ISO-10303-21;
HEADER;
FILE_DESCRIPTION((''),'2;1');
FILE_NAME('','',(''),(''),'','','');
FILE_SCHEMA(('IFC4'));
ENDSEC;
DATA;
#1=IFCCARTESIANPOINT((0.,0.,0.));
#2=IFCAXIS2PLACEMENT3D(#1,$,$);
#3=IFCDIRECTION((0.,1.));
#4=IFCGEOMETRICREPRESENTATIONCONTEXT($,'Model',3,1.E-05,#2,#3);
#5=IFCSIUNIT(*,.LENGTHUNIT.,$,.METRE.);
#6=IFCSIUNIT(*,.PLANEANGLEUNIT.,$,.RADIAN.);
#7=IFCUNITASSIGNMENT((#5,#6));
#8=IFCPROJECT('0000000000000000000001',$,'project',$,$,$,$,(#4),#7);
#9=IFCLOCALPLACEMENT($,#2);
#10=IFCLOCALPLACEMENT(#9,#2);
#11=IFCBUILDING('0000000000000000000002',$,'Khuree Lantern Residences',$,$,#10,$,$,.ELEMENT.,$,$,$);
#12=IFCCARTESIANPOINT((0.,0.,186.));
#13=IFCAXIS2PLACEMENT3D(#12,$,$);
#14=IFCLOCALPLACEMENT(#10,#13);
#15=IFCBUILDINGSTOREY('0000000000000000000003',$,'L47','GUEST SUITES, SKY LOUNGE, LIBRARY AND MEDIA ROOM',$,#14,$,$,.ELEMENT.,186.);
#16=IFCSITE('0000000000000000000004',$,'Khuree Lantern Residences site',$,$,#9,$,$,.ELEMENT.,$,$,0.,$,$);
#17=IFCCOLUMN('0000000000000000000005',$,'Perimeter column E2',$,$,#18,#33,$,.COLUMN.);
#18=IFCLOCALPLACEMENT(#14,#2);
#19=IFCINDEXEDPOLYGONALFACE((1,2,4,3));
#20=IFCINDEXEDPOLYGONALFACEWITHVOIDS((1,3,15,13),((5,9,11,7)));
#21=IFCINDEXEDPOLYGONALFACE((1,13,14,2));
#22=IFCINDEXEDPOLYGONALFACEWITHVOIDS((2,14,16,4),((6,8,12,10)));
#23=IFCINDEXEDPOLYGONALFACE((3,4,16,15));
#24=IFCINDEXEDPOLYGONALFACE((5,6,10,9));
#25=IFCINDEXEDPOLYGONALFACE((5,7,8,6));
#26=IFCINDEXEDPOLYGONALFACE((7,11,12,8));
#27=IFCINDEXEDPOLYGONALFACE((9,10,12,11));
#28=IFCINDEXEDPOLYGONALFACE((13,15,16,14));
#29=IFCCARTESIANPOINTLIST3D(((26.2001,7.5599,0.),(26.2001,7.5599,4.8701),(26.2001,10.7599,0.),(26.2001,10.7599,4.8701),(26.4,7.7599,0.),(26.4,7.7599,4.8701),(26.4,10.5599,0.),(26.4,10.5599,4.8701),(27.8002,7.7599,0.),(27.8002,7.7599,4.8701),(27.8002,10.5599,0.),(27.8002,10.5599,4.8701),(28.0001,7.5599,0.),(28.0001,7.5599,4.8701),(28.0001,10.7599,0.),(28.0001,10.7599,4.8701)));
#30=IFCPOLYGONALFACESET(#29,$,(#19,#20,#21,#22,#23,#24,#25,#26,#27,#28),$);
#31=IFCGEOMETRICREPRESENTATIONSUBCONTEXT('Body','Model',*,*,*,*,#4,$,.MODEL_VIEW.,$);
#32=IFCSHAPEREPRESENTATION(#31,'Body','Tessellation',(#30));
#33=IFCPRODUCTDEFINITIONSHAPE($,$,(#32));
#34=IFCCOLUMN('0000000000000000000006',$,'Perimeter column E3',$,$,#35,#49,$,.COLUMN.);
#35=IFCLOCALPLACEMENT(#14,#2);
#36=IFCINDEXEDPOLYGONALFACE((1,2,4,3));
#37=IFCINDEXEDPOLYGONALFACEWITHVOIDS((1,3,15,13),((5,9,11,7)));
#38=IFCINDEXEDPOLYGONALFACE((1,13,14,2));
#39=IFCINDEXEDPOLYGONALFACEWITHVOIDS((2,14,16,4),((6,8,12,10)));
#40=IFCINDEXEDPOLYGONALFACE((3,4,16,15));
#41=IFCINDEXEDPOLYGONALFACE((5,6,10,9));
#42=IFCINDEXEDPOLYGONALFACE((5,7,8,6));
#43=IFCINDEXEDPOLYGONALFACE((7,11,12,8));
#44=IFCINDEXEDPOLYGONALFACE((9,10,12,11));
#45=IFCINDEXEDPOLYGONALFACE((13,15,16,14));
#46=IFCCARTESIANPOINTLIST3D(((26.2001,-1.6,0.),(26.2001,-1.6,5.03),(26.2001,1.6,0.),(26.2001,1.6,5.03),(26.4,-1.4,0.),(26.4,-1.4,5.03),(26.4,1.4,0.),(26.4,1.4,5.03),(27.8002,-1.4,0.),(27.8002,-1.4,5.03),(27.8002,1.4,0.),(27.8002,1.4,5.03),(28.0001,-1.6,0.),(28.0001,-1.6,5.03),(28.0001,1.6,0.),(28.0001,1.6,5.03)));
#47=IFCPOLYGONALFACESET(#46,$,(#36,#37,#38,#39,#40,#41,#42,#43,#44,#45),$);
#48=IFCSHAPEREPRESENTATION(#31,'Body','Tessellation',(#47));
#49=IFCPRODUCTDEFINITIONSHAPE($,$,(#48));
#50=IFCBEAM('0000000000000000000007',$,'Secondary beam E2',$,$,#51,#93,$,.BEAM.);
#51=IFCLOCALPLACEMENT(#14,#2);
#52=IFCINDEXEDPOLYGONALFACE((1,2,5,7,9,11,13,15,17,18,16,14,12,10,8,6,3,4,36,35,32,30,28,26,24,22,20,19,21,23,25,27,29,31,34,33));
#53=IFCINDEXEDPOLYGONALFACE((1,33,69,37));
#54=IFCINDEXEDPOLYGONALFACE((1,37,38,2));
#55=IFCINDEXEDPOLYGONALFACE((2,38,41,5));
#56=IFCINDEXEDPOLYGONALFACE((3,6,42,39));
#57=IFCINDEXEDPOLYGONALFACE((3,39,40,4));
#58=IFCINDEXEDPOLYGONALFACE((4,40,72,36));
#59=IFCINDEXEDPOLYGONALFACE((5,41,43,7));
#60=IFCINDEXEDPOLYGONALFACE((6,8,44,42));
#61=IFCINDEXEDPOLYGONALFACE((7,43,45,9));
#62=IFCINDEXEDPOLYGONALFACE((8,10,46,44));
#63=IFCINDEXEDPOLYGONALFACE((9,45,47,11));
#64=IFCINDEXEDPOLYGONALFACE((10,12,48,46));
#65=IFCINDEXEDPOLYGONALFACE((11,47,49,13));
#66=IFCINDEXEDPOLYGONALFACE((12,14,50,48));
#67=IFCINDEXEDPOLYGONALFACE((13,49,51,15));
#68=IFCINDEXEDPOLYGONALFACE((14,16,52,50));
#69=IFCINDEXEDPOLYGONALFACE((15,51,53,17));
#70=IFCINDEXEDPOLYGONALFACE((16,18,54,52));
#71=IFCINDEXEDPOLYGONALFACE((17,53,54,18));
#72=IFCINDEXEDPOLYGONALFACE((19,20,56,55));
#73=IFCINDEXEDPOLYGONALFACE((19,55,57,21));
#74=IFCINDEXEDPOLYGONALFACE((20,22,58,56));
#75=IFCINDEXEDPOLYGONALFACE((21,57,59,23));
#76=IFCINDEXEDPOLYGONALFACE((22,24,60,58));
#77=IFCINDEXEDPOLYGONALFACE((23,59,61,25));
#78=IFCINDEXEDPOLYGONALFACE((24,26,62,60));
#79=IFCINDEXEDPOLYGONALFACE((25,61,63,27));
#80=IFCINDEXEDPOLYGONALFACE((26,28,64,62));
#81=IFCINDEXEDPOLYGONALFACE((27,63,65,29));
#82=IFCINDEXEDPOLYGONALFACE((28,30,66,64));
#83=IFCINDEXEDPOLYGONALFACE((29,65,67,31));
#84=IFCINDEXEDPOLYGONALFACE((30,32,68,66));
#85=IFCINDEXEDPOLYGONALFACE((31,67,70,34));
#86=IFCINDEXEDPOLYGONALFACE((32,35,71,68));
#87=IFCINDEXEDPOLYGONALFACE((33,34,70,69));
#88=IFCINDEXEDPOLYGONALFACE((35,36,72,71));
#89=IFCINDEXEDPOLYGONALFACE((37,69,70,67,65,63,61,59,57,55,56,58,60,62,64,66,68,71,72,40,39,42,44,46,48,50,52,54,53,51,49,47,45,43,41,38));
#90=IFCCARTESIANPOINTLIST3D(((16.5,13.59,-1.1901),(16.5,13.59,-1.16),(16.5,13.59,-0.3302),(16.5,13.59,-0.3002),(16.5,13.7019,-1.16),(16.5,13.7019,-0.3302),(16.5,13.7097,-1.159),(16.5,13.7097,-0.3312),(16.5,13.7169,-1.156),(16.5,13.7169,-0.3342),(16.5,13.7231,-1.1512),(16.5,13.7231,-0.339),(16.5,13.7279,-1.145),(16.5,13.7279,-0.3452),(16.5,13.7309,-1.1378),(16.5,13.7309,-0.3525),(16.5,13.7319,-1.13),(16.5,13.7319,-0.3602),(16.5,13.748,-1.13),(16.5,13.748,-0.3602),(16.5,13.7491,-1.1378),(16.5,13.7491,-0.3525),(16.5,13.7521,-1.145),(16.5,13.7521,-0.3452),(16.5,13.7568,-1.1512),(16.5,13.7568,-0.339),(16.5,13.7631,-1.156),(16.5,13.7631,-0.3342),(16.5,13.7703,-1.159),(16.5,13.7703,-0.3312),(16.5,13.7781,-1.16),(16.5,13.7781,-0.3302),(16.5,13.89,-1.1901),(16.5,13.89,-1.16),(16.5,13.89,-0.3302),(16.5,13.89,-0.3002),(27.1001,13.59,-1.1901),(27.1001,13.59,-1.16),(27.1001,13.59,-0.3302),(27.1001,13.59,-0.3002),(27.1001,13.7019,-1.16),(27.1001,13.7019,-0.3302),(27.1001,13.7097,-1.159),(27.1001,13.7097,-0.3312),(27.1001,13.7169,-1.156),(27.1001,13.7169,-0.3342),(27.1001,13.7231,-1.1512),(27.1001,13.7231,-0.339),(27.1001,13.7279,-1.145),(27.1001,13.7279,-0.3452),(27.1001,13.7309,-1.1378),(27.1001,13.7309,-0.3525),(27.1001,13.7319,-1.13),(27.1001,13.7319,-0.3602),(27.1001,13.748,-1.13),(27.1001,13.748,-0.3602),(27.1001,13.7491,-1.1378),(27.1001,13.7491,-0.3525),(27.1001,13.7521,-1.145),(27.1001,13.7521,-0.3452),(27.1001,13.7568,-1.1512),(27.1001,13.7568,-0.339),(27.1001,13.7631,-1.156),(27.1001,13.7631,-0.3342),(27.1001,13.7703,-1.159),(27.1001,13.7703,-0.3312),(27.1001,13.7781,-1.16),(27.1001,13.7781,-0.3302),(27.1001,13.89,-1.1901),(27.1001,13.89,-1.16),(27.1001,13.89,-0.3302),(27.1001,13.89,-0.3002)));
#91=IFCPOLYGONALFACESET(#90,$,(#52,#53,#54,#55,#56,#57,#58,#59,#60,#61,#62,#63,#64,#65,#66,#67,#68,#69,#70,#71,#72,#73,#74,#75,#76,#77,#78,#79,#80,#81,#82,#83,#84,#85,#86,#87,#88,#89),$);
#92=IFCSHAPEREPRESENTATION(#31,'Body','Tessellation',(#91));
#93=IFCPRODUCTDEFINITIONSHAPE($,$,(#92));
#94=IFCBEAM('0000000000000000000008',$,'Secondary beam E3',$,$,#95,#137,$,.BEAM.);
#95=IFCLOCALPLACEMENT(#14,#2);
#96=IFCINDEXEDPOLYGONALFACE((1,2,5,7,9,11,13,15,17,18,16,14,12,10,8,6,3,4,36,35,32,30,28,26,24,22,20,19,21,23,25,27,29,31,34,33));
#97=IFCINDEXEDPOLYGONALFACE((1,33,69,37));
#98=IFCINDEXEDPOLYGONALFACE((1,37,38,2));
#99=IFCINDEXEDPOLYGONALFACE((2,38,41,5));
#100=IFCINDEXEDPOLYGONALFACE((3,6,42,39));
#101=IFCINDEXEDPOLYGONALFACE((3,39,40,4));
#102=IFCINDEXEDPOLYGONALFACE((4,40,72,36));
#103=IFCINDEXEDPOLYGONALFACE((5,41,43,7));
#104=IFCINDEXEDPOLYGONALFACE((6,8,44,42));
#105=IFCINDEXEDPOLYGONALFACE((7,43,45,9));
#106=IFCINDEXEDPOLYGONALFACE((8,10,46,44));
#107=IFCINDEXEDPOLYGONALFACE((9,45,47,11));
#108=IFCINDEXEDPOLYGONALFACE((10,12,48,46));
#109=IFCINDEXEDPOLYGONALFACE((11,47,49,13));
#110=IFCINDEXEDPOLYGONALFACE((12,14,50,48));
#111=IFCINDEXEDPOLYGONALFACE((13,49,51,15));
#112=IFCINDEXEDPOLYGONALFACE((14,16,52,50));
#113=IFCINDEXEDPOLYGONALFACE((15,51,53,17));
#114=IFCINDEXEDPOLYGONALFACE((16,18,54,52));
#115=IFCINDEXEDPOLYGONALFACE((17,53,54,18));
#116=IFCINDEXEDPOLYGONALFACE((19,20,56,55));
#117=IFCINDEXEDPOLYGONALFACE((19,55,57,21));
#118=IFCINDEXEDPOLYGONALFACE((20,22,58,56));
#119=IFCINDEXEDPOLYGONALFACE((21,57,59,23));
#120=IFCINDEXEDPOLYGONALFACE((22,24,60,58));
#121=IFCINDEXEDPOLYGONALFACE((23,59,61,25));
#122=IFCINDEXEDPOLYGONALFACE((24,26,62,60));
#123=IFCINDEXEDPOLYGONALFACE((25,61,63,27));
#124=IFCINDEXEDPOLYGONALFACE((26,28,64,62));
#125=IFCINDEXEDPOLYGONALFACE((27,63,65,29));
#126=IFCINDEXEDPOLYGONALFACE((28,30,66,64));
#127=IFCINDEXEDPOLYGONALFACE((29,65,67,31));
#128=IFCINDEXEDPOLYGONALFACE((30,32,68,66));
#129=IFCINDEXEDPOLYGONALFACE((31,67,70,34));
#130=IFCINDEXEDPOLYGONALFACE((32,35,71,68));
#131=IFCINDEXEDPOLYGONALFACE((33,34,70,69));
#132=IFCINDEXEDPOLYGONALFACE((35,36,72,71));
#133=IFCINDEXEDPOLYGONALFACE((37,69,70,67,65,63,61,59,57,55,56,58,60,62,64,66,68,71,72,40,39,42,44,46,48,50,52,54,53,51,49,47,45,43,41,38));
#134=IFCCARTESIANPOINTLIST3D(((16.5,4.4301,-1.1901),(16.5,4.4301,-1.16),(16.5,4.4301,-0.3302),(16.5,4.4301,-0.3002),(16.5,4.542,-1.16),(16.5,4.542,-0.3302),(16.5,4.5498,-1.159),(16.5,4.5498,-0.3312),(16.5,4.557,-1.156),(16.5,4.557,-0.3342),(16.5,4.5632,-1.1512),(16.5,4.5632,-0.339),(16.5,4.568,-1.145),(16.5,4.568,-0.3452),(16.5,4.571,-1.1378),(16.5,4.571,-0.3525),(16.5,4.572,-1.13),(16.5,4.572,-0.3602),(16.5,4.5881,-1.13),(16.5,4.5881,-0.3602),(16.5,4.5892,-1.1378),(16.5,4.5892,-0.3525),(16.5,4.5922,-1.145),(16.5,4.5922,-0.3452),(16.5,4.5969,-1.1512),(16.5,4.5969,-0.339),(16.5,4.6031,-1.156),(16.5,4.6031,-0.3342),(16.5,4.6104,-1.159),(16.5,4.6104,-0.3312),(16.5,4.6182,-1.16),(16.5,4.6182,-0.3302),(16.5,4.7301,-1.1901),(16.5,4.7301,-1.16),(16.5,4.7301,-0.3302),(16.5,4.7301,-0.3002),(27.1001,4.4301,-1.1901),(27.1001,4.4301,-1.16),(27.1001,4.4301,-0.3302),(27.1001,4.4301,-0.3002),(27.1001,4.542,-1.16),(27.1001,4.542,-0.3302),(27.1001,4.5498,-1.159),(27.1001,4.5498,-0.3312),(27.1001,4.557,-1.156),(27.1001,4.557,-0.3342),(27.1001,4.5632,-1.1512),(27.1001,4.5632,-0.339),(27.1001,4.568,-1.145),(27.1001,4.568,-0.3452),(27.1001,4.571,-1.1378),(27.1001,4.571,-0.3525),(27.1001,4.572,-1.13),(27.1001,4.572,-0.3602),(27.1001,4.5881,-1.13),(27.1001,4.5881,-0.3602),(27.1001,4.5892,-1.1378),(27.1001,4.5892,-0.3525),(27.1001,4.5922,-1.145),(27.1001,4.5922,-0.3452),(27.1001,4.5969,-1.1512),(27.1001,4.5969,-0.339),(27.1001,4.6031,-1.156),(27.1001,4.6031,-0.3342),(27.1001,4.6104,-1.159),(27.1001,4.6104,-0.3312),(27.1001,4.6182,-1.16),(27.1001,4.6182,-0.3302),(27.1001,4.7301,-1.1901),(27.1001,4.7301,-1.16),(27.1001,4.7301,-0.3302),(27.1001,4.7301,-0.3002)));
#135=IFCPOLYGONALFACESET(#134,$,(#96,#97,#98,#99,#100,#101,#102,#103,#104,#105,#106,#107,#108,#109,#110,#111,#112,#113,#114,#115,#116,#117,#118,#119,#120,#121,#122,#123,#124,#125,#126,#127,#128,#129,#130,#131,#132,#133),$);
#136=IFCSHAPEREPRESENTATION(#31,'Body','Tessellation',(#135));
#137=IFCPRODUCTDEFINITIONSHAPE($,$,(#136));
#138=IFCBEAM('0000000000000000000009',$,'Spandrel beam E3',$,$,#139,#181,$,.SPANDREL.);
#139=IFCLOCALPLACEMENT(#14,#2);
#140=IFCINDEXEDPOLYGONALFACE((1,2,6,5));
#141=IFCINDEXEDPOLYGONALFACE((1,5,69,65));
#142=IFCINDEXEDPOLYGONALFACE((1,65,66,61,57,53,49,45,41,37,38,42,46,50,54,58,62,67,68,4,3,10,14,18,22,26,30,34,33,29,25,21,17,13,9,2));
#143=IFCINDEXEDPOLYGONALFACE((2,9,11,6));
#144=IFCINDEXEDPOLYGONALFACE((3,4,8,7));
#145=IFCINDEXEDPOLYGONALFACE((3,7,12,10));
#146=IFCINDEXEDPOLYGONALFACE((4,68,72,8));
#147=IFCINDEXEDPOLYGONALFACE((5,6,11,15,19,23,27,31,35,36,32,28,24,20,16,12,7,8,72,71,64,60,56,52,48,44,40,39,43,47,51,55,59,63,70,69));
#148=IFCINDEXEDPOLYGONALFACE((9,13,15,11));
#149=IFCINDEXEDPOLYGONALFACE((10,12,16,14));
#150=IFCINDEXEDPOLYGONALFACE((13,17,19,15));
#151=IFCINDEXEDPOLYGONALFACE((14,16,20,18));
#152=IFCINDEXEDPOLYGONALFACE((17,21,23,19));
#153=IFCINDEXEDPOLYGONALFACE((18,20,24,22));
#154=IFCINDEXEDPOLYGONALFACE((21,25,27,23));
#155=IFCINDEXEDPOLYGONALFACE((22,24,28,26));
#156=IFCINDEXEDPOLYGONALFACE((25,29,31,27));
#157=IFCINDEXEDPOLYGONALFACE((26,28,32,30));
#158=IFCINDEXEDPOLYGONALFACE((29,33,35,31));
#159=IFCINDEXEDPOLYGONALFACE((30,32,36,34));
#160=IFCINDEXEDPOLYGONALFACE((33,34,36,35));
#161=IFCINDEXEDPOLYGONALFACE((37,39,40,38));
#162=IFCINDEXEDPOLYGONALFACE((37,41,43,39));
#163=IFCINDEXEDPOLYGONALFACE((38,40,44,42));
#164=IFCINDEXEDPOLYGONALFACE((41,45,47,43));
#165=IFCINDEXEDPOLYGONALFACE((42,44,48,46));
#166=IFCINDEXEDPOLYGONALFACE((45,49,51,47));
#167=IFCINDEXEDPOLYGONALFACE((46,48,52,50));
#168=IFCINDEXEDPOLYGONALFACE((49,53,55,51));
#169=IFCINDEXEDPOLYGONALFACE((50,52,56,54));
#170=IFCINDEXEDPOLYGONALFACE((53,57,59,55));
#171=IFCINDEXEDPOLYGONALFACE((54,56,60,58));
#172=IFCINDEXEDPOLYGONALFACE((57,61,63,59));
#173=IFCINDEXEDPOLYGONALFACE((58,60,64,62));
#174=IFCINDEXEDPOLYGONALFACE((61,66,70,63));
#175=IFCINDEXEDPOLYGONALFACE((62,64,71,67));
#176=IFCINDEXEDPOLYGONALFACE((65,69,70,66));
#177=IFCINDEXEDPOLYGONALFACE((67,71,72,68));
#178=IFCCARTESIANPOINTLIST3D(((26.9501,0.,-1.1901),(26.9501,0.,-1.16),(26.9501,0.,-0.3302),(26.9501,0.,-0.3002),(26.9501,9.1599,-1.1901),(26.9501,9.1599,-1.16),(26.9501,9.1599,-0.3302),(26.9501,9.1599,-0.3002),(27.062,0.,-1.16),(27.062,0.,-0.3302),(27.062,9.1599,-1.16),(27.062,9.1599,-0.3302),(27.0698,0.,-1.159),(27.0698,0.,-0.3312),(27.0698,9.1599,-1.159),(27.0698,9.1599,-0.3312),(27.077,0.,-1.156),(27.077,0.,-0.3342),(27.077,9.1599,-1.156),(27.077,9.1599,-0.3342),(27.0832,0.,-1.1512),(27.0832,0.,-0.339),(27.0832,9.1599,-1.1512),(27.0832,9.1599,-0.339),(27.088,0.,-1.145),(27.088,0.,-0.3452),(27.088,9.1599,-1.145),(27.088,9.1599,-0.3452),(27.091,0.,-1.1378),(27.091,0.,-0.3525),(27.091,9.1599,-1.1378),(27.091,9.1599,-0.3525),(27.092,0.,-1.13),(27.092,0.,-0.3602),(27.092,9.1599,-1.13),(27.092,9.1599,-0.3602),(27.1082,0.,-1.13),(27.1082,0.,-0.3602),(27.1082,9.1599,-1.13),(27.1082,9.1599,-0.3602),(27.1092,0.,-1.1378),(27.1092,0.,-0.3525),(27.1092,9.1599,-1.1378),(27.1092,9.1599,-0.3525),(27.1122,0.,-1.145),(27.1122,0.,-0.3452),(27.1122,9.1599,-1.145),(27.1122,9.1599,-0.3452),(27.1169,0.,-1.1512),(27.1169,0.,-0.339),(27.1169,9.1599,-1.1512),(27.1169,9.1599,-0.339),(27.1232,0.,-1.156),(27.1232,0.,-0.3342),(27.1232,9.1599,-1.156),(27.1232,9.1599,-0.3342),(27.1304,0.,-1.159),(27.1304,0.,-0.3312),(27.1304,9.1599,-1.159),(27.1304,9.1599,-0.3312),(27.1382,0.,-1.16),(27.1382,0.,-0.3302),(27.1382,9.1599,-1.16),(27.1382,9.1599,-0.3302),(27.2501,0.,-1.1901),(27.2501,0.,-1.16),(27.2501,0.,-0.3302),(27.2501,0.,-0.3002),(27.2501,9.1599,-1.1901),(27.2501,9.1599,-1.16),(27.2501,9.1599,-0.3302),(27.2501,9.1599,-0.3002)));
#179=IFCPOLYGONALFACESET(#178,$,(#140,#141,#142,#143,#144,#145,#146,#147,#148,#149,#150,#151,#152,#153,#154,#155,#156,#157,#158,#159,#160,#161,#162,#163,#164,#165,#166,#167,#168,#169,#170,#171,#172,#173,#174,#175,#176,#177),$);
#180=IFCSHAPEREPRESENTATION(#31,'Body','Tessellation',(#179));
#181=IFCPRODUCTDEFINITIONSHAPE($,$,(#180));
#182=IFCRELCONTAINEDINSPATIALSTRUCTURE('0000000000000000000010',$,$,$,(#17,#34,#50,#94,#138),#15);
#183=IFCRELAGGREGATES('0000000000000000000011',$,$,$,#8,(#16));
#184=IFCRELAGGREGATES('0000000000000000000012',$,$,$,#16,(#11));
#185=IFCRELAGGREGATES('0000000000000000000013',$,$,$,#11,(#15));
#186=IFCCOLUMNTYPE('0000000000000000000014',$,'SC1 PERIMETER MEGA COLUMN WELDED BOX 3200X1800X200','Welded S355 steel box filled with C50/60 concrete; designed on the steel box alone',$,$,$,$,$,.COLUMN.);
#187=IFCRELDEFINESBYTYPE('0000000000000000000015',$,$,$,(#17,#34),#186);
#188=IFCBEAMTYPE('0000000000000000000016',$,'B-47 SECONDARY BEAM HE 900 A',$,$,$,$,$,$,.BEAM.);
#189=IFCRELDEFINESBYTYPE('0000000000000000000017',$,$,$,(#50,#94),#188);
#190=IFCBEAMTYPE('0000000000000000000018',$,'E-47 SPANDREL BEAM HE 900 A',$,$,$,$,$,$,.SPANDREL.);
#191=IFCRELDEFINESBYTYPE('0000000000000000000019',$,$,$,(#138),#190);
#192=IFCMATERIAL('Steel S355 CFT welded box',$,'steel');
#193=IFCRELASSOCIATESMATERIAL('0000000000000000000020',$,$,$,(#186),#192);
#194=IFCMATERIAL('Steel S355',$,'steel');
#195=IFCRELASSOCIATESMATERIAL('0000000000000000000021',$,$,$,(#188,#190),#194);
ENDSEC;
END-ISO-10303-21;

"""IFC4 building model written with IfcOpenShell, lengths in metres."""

from ifc_helpers import new_model, si_unit, direction, frame, origin, origin_2d, place, context, subcontext, project, spatial, hollow_rectangle, i_section, extrude, material, material_profile, profile_set, type_object, element, save


model = new_model("IFC4")

# Units and contexts
model_context = context("Model", 3, precision=1e-05, world=origin(), true_north=direction((0.0, 1.0)))
body_context = subcontext(model_context, "Body", "Model", "MODEL_VIEW")
ifc_project = project(units=[si_unit("LENGTHUNIT", "METRE"), si_unit("PLANEANGLEUNIT", "RADIAN")], contexts=[model_context])

# Site, building, storey
site_placement = place(None, origin())
site = spatial("IfcSite", under=ifc_project, at=site_placement, Name="Khuree Lantern Residences site", CompositionType="ELEMENT", RefElevation=0.0)
building_placement = place(site_placement, origin())
building = spatial("IfcBuilding", under=site, at=building_placement, Name="Khuree Lantern Residences", CompositionType="ELEMENT")
storey_placement = place(building_placement, frame((0.0, 0.0, 186.0)))
storey = spatial("IfcBuildingStorey", under=building, at=storey_placement, Name="L47", Description="GUEST SUITES, SKY LOUNGE, LIBRARY AND MEDIA ROOM", CompositionType="ELEMENT", Elevation=186.0)

# Columns
ifc_material_1 = material(Name="Steel S355 CFT welded box", Category="steel")
ifc_material_profile_1 = material_profile(ifc_material_1, hollow_rectangle(XDim=3.2, YDim=1.8, WallThickness=0.2, at=origin_2d()), Name="WELDED BOX 3200X1800X200")
ifc_profile_set_1 = profile_set([ifc_material_profile_1], Name="Steel S355 CFT welded box")
column_type = type_object("IfcColumnType", Name="SC1 PERIMETER MEGA COLUMN WELDED BOX 3200X1800X200", Description="Welded S355 steel box filled with C50/60 concrete; designed on the steel box alone", PredefinedType="COLUMN", material=ifc_profile_set_1)
column_1_placement = place(storey_placement, frame((27.1001, 9.1599, 0.0), z_axis=(0.0, 0.0, 1.0), x_axis=(0.0, 1.0, 0.0)))
element("IfcColumn", 1, at=column_1_placement, inside=storey, type_object=column_type, Name="Perimeter column E2", PredefinedType="COLUMN", context=body_context, shape_type="SweptSolid", body=[
    extrude(hollow_rectangle(XDim=3.2, YDim=1.8, WallThickness=0.2, at=origin_2d()), origin(), (0.0, 0.0, 1.0), 4.8701),
])
column_2_placement = place(storey_placement, frame((27.1001, 0.0, 0.0), z_axis=(0.0, 0.0, 1.0), x_axis=(0.0, 1.0, 0.0)))
element("IfcColumn", 2, at=column_2_placement, inside=storey, type_object=column_type, Name="Perimeter column E3", PredefinedType="COLUMN", context=body_context, shape_type="SweptSolid", body=[
    extrude(hollow_rectangle(XDim=3.2, YDim=1.8, WallThickness=0.2, at=origin_2d()), origin(), (0.0, 0.0, 1.0), 5.03),
])

# Beams
ifc_material_2 = material(Name="Steel S355", Category="steel")
ifc_material_profile_2 = material_profile(ifc_material_2, i_section(OverallWidth=0.3, OverallDepth=0.8899, WebThickness=0.0161, FlangeThickness=0.03, FilletRadius=0.03, at=origin_2d()), Name="HE 900 A")
ifc_profile_set_2 = profile_set([ifc_material_profile_2], Name="Steel S355")
beam_type_1 = type_object("IfcBeamType", Name="B-47 SECONDARY BEAM HE 900 A", PredefinedType="BEAM", material=ifc_profile_set_2)
for number, where, z_axis, x_axis, name in (
    (3, (27.1001, 13.74, -0.7451), (-1.0, 0.0, 0.0), (0.0, -1.0, 0.0), "Secondary beam E2"),
    (4, (27.1001, 4.5801, -0.7451), (-1.0, 0.0, 0.0), (0.0, -1.0, 0.0), "Secondary beam E3"),
):
    element("IfcBeam", number, at=place(storey_placement, frame(where, z_axis=z_axis, x_axis=x_axis)), inside=storey, type_object=beam_type_1, Name=name, PredefinedType="BEAM", context=body_context, shape_type="SweptSolid", body=[
        extrude(i_section(OverallWidth=0.3, OverallDepth=0.8899, WebThickness=0.0161, FlangeThickness=0.03, FilletRadius=0.03, at=origin_2d()), origin(), (0.0, 0.0, 1.0), 10.6001),
    ])
ifc_material_profile_3 = material_profile(ifc_material_2, i_section(OverallWidth=0.3, OverallDepth=0.8899, WebThickness=0.0161, FlangeThickness=0.03, FilletRadius=0.03, at=origin_2d()), Name="HE 900 A")
ifc_profile_set_3 = profile_set([ifc_material_profile_3], Name="Steel S355")
beam_type_2 = type_object("IfcBeamType", Name="E-47 SPANDREL BEAM HE 900 A", PredefinedType="SPANDREL", material=ifc_profile_set_3)
for number, where, z_axis, x_axis, name in (
    (5, (27.1001, 9.1599, -0.7451), (0.0, -1.0, 0.0), (1.0, 0.0, 0.0), "Spandrel beam E3"),
):
    element("IfcBeam", number, at=place(storey_placement, frame(where, z_axis=z_axis, x_axis=x_axis)), inside=storey, type_object=beam_type_2, Name=name, PredefinedType="SPANDREL", context=body_context, shape_type="SweptSolid", body=[
        extrude(i_section(OverallWidth=0.3, OverallDepth=0.8899, WebThickness=0.0161, FlangeThickness=0.03, FilletRadius=0.03, at=origin_2d()), origin(), (0.0, 0.0, 1.0), 9.1599),
    ])

save(model, "model.ifc")
